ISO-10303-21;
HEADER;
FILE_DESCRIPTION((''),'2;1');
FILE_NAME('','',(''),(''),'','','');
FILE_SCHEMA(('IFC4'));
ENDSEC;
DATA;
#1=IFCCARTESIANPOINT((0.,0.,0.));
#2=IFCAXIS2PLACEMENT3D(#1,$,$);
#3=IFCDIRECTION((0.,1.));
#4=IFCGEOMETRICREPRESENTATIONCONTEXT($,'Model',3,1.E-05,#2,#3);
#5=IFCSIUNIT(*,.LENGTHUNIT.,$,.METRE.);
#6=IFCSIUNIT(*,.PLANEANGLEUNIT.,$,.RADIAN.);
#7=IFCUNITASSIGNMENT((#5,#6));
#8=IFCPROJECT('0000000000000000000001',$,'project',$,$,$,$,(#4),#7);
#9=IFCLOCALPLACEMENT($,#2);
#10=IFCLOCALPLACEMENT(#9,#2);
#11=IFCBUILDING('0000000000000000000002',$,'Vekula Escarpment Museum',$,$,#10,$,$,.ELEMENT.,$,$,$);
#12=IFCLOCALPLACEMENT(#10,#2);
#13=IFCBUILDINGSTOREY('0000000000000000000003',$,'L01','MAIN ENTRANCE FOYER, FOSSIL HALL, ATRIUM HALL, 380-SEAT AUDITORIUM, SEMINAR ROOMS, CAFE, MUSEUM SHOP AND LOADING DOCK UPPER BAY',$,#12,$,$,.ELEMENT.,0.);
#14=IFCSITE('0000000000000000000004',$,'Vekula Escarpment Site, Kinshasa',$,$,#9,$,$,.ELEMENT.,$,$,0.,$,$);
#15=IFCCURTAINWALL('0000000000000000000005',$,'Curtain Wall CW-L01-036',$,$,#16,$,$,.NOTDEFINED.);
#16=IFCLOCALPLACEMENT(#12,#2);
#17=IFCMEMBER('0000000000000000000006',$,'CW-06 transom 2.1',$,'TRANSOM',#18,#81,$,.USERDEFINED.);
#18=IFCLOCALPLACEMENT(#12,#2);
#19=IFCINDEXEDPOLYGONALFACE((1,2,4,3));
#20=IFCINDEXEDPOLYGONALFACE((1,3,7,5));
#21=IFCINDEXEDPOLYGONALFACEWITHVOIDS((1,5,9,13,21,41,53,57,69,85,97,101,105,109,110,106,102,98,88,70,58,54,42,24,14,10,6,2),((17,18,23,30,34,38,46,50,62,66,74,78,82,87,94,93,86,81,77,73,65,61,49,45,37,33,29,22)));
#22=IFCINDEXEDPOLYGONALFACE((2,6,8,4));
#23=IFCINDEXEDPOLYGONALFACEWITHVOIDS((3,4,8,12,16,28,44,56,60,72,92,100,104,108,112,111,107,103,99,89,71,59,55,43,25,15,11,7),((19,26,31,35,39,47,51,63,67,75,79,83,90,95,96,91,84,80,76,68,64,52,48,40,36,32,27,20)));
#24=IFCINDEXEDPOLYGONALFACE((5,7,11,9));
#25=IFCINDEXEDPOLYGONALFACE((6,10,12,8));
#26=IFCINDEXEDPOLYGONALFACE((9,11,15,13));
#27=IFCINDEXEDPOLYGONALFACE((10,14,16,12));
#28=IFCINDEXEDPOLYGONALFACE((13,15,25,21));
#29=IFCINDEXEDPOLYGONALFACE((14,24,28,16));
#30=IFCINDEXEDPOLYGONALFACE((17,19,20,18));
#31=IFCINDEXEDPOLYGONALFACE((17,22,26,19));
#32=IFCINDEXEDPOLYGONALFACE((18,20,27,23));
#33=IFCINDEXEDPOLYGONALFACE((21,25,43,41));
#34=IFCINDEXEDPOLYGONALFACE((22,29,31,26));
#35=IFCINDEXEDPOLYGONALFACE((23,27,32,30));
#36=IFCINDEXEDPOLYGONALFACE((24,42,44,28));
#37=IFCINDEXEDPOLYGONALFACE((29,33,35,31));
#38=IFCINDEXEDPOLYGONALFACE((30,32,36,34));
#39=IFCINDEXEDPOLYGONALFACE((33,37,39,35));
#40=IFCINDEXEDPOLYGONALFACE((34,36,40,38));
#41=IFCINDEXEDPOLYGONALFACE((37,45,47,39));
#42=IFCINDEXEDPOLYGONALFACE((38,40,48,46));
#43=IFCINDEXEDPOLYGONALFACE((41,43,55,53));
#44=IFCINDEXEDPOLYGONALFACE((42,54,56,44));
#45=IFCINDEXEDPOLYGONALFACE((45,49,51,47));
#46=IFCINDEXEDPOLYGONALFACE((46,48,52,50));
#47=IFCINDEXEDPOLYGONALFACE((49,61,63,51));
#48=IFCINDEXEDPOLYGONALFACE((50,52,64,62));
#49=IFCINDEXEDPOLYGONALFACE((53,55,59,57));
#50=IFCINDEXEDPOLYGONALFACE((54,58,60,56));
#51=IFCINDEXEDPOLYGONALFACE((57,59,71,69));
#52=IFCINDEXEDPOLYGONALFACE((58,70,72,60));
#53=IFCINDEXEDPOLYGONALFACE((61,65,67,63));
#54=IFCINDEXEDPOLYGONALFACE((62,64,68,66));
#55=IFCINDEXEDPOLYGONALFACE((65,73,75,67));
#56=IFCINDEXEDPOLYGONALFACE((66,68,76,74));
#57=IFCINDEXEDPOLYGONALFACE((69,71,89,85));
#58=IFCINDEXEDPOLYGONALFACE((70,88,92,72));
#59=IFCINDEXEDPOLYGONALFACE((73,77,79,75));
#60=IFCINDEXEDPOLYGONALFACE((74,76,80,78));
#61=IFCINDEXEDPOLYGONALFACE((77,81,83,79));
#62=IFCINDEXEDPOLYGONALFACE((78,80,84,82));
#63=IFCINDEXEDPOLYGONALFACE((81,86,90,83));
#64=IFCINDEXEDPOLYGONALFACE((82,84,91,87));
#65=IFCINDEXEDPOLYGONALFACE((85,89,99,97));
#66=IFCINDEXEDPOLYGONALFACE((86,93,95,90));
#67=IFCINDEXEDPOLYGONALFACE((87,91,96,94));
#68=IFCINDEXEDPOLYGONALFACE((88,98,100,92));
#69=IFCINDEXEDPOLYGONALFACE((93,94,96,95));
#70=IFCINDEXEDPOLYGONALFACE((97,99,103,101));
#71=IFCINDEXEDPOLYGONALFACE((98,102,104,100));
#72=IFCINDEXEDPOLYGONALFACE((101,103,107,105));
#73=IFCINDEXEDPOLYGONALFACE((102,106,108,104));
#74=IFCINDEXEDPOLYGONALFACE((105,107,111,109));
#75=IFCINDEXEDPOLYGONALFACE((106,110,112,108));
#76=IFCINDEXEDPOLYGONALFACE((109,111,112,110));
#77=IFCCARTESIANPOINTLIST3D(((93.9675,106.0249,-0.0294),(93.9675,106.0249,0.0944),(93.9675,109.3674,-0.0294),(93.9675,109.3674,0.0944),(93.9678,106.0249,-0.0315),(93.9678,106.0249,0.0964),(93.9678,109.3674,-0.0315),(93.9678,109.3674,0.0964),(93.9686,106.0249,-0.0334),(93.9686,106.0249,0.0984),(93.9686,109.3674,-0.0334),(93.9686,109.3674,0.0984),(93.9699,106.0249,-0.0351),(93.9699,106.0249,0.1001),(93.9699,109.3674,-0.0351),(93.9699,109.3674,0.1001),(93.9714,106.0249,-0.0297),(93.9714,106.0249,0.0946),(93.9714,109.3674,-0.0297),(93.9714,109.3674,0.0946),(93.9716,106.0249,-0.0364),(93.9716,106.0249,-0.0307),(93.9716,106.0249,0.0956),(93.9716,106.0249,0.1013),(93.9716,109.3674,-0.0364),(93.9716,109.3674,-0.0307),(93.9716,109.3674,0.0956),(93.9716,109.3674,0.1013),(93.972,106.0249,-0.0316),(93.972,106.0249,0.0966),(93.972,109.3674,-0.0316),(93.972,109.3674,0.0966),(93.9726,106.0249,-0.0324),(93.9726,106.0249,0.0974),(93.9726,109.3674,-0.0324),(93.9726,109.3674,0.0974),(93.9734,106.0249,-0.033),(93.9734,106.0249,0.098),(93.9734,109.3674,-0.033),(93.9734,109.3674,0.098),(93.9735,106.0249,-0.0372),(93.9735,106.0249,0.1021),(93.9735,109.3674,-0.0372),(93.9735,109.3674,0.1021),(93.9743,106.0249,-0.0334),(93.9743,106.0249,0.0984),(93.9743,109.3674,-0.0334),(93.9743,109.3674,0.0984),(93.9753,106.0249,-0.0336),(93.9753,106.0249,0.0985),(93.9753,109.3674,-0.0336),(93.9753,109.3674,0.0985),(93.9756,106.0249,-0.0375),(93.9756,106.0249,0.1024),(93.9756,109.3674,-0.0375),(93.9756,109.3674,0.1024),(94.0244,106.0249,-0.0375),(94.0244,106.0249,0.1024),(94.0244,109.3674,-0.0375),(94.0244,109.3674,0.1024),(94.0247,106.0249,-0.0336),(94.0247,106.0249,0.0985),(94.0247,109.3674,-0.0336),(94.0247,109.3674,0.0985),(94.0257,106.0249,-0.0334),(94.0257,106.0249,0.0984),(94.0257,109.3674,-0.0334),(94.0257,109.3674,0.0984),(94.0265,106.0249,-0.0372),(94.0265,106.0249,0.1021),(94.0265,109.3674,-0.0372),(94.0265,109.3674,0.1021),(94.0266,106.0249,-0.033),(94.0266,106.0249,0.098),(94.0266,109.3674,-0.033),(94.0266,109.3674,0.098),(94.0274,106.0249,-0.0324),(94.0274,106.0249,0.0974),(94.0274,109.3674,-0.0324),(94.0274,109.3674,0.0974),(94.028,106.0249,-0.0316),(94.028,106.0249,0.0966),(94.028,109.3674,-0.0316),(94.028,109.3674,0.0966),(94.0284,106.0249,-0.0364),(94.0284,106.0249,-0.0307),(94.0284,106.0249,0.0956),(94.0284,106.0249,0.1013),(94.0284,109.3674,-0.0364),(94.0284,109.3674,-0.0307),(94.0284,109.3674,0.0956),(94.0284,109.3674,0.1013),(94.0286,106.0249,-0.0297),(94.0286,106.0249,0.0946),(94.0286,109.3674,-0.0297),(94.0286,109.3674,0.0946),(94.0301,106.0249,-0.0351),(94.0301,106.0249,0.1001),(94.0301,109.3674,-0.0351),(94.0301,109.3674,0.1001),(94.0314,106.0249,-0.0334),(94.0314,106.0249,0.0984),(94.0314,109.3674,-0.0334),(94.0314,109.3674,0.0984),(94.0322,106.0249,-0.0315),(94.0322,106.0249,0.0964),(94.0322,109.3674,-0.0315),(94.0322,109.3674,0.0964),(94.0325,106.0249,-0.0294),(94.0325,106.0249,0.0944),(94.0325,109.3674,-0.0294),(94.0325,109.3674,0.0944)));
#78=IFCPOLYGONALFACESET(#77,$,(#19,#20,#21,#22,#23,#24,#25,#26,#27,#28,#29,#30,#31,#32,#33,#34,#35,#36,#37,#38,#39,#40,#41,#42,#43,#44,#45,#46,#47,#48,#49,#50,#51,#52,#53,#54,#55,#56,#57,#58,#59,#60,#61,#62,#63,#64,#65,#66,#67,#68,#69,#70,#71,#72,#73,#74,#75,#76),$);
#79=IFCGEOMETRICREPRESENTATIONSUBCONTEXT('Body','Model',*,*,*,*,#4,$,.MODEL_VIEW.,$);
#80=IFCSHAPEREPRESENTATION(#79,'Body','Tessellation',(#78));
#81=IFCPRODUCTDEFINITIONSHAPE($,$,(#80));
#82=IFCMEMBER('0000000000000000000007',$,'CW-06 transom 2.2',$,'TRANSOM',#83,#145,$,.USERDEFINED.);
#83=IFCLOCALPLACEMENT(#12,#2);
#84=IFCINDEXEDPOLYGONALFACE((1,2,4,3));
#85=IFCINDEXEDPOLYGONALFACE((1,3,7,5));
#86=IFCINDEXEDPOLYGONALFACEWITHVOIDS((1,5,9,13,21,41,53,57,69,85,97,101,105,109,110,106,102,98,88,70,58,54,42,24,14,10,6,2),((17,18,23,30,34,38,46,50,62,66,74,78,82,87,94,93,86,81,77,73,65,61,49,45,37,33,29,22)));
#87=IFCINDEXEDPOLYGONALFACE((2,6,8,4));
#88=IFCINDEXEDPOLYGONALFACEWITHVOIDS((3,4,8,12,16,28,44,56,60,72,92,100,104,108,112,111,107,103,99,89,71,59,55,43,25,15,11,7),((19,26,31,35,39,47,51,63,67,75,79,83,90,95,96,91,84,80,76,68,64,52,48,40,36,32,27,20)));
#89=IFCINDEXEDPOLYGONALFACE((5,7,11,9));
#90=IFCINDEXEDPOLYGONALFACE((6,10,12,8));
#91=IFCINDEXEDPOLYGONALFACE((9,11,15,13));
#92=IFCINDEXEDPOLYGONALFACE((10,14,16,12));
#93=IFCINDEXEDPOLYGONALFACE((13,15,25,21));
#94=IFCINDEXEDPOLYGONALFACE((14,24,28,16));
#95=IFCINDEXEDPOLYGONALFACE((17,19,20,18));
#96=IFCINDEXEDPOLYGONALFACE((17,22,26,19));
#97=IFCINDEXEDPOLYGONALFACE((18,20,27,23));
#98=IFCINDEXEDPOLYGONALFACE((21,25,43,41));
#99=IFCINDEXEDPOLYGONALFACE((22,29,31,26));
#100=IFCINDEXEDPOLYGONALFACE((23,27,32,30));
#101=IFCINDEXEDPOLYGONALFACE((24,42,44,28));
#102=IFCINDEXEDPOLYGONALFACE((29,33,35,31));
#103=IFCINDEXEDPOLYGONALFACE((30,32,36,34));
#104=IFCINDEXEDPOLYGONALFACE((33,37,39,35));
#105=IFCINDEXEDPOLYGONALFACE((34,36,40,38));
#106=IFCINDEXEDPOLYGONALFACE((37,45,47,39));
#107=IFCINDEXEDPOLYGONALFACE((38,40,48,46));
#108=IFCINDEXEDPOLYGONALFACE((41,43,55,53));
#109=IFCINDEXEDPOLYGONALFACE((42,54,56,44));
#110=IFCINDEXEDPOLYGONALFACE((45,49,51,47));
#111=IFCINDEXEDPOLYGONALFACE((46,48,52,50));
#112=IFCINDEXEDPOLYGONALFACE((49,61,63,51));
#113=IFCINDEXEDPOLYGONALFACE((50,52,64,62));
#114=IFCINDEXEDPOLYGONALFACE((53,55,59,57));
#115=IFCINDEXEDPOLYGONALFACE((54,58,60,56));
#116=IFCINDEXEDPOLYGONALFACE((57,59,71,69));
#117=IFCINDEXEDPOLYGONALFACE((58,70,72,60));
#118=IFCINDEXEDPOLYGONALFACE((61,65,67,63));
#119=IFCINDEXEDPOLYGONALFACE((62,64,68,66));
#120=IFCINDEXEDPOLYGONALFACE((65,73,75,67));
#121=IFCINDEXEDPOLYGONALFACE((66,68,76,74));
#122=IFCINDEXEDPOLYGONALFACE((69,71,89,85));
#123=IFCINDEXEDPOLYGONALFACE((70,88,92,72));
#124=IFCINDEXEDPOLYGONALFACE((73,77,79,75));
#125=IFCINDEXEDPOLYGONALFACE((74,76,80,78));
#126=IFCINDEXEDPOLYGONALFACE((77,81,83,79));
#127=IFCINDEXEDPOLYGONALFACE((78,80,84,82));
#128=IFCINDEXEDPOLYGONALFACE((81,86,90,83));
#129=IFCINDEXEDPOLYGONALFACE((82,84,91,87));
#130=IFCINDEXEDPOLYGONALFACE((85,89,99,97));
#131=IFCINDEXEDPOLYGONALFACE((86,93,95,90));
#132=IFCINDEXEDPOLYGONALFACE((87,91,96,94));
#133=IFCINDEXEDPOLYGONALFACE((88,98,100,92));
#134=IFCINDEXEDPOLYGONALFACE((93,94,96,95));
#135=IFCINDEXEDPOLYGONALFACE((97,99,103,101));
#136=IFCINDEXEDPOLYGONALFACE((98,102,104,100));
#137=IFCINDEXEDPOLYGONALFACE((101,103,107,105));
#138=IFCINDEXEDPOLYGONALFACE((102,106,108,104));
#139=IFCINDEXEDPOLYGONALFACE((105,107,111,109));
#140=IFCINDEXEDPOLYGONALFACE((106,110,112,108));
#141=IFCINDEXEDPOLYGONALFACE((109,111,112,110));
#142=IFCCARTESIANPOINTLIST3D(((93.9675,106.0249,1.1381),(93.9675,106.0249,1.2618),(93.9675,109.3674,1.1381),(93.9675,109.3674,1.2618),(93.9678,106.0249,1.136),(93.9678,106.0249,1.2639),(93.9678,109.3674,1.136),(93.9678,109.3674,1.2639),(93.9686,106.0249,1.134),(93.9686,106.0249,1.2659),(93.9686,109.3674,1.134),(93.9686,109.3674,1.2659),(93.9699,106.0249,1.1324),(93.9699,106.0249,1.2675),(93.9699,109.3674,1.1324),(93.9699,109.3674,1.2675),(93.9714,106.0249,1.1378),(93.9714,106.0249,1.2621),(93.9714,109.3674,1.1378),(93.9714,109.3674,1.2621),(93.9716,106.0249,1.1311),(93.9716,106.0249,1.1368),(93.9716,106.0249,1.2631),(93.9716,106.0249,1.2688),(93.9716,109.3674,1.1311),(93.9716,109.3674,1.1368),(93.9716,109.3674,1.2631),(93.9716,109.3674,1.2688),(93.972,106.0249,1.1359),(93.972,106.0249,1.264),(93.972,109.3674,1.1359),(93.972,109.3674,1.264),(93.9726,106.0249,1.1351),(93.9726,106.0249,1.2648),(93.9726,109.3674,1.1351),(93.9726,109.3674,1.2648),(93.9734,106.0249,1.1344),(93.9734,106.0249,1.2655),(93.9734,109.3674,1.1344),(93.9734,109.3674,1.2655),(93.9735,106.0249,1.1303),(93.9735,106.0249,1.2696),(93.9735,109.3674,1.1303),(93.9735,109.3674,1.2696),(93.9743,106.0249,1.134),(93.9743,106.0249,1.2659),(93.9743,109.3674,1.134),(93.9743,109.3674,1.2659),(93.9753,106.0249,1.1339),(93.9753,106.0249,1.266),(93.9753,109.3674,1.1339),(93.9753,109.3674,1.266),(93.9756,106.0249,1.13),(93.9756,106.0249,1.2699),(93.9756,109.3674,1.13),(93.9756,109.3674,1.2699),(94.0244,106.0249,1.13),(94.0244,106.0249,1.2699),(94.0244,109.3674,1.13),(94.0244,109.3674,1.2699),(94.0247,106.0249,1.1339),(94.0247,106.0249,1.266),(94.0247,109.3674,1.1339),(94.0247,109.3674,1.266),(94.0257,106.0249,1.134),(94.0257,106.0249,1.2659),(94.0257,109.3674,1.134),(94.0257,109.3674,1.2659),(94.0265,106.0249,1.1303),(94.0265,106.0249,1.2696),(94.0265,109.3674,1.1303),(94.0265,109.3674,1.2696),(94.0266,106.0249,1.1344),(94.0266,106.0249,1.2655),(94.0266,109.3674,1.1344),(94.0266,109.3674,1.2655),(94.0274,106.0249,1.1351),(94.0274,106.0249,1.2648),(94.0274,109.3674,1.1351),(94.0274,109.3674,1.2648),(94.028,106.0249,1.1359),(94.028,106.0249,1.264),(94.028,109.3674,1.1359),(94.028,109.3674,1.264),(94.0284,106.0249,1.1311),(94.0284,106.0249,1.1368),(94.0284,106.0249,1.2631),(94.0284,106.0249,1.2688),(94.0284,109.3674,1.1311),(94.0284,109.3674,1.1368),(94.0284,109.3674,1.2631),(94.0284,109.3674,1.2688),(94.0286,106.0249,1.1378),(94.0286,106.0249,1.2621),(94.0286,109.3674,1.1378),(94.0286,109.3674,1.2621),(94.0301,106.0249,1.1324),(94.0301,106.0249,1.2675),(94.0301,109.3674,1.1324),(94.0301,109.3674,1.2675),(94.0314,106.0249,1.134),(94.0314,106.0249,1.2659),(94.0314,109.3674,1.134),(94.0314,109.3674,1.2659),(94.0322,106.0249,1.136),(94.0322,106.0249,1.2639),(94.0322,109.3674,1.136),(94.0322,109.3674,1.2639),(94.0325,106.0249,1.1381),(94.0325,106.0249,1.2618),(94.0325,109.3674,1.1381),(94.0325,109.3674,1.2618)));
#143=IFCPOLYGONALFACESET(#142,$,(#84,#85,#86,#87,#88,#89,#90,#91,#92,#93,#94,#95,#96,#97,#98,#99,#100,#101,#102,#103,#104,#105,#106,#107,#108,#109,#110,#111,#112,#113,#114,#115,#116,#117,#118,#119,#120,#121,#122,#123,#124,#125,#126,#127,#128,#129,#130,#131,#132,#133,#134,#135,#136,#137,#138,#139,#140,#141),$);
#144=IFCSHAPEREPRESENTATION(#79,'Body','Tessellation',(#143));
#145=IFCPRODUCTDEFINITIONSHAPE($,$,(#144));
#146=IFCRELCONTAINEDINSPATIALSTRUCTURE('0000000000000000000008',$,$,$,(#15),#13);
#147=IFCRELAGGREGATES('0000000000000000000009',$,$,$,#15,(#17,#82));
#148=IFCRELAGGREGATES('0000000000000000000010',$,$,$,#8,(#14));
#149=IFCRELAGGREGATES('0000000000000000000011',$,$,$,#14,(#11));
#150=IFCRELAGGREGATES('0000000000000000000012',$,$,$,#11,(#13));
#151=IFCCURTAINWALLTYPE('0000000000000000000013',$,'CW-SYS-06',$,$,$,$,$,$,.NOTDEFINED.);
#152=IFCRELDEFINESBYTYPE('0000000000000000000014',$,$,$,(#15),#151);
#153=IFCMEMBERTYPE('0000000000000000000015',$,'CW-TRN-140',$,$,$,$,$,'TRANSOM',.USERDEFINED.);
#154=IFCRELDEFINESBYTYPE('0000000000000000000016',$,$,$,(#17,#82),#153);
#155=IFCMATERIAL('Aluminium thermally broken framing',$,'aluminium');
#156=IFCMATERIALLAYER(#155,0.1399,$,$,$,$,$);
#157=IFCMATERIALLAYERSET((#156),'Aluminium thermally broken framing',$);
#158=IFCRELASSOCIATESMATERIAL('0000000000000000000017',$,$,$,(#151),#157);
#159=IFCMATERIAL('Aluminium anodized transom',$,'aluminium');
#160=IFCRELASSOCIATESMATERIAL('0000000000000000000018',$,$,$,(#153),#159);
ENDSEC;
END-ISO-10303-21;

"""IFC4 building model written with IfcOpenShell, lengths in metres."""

from ifc_helpers import new_model, si_unit, direction, frame, origin, origin_2d, place, context, subcontext, project, spatial, hollow_rectangle, extrude, material, layer, layer_set, material_profile, profile_set, type_object, element, aggregate, save


model = new_model("IFC4")

# Units and contexts
model_context = context("Model", 3, precision=1e-05, world=origin(), true_north=direction((0.0, 1.0)))
body_context = subcontext(model_context, "Body", "Model", "MODEL_VIEW")
ifc_project = project(units=[si_unit("LENGTHUNIT", "METRE"), si_unit("PLANEANGLEUNIT", "RADIAN")], contexts=[model_context])

# Site, building, storey
site_placement = place(None, origin())
site = spatial("IfcSite", under=ifc_project, at=site_placement, Name="Vekula Escarpment Site, Kinshasa", CompositionType="ELEMENT", RefElevation=0.0)
building_placement = place(site_placement, origin())
building = spatial("IfcBuilding", under=site, at=building_placement, Name="Vekula Escarpment Museum", CompositionType="ELEMENT")
storey_placement = place(building_placement, origin())
storey = spatial("IfcBuildingStorey", under=building, at=storey_placement, Name="L01", Description="MAIN ENTRANCE FOYER, FOSSIL HALL, ATRIUM HALL, 380-SEAT AUDITORIUM, SEMINAR ROOMS, CAFE, MUSEUM SHOP AND LOADING DOCK UPPER BAY", CompositionType="ELEMENT", Elevation=0.0)

# Curtain wall
ifc_material_1 = material(Name="Aluminium thermally broken framing", Category="aluminium")
ifc_layer_1 = layer(ifc_material_1, 0.1399)
ifc_layer_set_1 = layer_set([ifc_layer_1], Name="Aluminium thermally broken framing")
curtain_wall_type_1 = type_object("IfcCurtainWallType", Name="CW-SYS-06", PredefinedType="NOTDEFINED", material=ifc_layer_set_1)
curtain_wall_1_placement = place(storey_placement, origin())
curtain_wall_1 = element("IfcCurtainWall", 1, at=curtain_wall_1_placement, inside=storey, type_object=curtain_wall_type_1, Name="Curtain Wall CW-L01-036", PredefinedType="NOTDEFINED")

# Members
ifc_material_2 = material(Name="Aluminium anodized transom", Category="aluminium")
ifc_material_profile_1 = material_profile(ifc_material_2, hollow_rectangle(XDim=0.0649, YDim=0.1399, WallThickness=0.0039, InnerFilletRadius=0.0039, OuterFilletRadius=0.0081, at=origin_2d()), Name="ALU 140x65x4")
ifc_profile_set_1 = profile_set([ifc_material_profile_1], Name="Aluminium anodized transom")
member_type_1 = type_object("IfcMemberType", Name="CW-TRN-140", ElementType="TRANSOM", PredefinedType="USERDEFINED", material=ifc_profile_set_1)
member_1_placement = place(storey_placement, frame((94.0, 109.3674, 0.0325), z_axis=(0.0, -1.0, 0.0), x_axis=(1.0, 0.0, 0.0)))
member_1 = element("IfcMember", 2, at=member_1_placement, type_object=member_type_1, Name="CW-06 transom 2.1", ObjectType="TRANSOM", PredefinedType="USERDEFINED", context=body_context, shape_type="SweptSolid", body=[
    extrude(hollow_rectangle(XDim=0.0649, YDim=0.1399, WallThickness=0.0039, InnerFilletRadius=0.0039, OuterFilletRadius=0.0081, at=origin_2d()), origin(), (0.0, 0.0, 1.0), 3.3425),
])
member_2_placement = place(storey_placement, frame((94.0, 109.3674, 1.2), z_axis=(0.0, -1.0, 0.0), x_axis=(1.0, 0.0, 0.0)))
member_2 = element("IfcMember", 3, at=member_2_placement, type_object=member_type_1, Name="CW-06 transom 2.2", ObjectType="TRANSOM", PredefinedType="USERDEFINED", context=body_context, shape_type="SweptSolid", body=[
    extrude(hollow_rectangle(XDim=0.0649, YDim=0.1399, WallThickness=0.0039, InnerFilletRadius=0.0039, OuterFilletRadius=0.0081, at=origin_2d()), origin(), (0.0, 0.0, 1.0), 3.3425),
])

aggregate(curtain_wall_1, [member_1, member_2])

save(model, "model.ifc")
